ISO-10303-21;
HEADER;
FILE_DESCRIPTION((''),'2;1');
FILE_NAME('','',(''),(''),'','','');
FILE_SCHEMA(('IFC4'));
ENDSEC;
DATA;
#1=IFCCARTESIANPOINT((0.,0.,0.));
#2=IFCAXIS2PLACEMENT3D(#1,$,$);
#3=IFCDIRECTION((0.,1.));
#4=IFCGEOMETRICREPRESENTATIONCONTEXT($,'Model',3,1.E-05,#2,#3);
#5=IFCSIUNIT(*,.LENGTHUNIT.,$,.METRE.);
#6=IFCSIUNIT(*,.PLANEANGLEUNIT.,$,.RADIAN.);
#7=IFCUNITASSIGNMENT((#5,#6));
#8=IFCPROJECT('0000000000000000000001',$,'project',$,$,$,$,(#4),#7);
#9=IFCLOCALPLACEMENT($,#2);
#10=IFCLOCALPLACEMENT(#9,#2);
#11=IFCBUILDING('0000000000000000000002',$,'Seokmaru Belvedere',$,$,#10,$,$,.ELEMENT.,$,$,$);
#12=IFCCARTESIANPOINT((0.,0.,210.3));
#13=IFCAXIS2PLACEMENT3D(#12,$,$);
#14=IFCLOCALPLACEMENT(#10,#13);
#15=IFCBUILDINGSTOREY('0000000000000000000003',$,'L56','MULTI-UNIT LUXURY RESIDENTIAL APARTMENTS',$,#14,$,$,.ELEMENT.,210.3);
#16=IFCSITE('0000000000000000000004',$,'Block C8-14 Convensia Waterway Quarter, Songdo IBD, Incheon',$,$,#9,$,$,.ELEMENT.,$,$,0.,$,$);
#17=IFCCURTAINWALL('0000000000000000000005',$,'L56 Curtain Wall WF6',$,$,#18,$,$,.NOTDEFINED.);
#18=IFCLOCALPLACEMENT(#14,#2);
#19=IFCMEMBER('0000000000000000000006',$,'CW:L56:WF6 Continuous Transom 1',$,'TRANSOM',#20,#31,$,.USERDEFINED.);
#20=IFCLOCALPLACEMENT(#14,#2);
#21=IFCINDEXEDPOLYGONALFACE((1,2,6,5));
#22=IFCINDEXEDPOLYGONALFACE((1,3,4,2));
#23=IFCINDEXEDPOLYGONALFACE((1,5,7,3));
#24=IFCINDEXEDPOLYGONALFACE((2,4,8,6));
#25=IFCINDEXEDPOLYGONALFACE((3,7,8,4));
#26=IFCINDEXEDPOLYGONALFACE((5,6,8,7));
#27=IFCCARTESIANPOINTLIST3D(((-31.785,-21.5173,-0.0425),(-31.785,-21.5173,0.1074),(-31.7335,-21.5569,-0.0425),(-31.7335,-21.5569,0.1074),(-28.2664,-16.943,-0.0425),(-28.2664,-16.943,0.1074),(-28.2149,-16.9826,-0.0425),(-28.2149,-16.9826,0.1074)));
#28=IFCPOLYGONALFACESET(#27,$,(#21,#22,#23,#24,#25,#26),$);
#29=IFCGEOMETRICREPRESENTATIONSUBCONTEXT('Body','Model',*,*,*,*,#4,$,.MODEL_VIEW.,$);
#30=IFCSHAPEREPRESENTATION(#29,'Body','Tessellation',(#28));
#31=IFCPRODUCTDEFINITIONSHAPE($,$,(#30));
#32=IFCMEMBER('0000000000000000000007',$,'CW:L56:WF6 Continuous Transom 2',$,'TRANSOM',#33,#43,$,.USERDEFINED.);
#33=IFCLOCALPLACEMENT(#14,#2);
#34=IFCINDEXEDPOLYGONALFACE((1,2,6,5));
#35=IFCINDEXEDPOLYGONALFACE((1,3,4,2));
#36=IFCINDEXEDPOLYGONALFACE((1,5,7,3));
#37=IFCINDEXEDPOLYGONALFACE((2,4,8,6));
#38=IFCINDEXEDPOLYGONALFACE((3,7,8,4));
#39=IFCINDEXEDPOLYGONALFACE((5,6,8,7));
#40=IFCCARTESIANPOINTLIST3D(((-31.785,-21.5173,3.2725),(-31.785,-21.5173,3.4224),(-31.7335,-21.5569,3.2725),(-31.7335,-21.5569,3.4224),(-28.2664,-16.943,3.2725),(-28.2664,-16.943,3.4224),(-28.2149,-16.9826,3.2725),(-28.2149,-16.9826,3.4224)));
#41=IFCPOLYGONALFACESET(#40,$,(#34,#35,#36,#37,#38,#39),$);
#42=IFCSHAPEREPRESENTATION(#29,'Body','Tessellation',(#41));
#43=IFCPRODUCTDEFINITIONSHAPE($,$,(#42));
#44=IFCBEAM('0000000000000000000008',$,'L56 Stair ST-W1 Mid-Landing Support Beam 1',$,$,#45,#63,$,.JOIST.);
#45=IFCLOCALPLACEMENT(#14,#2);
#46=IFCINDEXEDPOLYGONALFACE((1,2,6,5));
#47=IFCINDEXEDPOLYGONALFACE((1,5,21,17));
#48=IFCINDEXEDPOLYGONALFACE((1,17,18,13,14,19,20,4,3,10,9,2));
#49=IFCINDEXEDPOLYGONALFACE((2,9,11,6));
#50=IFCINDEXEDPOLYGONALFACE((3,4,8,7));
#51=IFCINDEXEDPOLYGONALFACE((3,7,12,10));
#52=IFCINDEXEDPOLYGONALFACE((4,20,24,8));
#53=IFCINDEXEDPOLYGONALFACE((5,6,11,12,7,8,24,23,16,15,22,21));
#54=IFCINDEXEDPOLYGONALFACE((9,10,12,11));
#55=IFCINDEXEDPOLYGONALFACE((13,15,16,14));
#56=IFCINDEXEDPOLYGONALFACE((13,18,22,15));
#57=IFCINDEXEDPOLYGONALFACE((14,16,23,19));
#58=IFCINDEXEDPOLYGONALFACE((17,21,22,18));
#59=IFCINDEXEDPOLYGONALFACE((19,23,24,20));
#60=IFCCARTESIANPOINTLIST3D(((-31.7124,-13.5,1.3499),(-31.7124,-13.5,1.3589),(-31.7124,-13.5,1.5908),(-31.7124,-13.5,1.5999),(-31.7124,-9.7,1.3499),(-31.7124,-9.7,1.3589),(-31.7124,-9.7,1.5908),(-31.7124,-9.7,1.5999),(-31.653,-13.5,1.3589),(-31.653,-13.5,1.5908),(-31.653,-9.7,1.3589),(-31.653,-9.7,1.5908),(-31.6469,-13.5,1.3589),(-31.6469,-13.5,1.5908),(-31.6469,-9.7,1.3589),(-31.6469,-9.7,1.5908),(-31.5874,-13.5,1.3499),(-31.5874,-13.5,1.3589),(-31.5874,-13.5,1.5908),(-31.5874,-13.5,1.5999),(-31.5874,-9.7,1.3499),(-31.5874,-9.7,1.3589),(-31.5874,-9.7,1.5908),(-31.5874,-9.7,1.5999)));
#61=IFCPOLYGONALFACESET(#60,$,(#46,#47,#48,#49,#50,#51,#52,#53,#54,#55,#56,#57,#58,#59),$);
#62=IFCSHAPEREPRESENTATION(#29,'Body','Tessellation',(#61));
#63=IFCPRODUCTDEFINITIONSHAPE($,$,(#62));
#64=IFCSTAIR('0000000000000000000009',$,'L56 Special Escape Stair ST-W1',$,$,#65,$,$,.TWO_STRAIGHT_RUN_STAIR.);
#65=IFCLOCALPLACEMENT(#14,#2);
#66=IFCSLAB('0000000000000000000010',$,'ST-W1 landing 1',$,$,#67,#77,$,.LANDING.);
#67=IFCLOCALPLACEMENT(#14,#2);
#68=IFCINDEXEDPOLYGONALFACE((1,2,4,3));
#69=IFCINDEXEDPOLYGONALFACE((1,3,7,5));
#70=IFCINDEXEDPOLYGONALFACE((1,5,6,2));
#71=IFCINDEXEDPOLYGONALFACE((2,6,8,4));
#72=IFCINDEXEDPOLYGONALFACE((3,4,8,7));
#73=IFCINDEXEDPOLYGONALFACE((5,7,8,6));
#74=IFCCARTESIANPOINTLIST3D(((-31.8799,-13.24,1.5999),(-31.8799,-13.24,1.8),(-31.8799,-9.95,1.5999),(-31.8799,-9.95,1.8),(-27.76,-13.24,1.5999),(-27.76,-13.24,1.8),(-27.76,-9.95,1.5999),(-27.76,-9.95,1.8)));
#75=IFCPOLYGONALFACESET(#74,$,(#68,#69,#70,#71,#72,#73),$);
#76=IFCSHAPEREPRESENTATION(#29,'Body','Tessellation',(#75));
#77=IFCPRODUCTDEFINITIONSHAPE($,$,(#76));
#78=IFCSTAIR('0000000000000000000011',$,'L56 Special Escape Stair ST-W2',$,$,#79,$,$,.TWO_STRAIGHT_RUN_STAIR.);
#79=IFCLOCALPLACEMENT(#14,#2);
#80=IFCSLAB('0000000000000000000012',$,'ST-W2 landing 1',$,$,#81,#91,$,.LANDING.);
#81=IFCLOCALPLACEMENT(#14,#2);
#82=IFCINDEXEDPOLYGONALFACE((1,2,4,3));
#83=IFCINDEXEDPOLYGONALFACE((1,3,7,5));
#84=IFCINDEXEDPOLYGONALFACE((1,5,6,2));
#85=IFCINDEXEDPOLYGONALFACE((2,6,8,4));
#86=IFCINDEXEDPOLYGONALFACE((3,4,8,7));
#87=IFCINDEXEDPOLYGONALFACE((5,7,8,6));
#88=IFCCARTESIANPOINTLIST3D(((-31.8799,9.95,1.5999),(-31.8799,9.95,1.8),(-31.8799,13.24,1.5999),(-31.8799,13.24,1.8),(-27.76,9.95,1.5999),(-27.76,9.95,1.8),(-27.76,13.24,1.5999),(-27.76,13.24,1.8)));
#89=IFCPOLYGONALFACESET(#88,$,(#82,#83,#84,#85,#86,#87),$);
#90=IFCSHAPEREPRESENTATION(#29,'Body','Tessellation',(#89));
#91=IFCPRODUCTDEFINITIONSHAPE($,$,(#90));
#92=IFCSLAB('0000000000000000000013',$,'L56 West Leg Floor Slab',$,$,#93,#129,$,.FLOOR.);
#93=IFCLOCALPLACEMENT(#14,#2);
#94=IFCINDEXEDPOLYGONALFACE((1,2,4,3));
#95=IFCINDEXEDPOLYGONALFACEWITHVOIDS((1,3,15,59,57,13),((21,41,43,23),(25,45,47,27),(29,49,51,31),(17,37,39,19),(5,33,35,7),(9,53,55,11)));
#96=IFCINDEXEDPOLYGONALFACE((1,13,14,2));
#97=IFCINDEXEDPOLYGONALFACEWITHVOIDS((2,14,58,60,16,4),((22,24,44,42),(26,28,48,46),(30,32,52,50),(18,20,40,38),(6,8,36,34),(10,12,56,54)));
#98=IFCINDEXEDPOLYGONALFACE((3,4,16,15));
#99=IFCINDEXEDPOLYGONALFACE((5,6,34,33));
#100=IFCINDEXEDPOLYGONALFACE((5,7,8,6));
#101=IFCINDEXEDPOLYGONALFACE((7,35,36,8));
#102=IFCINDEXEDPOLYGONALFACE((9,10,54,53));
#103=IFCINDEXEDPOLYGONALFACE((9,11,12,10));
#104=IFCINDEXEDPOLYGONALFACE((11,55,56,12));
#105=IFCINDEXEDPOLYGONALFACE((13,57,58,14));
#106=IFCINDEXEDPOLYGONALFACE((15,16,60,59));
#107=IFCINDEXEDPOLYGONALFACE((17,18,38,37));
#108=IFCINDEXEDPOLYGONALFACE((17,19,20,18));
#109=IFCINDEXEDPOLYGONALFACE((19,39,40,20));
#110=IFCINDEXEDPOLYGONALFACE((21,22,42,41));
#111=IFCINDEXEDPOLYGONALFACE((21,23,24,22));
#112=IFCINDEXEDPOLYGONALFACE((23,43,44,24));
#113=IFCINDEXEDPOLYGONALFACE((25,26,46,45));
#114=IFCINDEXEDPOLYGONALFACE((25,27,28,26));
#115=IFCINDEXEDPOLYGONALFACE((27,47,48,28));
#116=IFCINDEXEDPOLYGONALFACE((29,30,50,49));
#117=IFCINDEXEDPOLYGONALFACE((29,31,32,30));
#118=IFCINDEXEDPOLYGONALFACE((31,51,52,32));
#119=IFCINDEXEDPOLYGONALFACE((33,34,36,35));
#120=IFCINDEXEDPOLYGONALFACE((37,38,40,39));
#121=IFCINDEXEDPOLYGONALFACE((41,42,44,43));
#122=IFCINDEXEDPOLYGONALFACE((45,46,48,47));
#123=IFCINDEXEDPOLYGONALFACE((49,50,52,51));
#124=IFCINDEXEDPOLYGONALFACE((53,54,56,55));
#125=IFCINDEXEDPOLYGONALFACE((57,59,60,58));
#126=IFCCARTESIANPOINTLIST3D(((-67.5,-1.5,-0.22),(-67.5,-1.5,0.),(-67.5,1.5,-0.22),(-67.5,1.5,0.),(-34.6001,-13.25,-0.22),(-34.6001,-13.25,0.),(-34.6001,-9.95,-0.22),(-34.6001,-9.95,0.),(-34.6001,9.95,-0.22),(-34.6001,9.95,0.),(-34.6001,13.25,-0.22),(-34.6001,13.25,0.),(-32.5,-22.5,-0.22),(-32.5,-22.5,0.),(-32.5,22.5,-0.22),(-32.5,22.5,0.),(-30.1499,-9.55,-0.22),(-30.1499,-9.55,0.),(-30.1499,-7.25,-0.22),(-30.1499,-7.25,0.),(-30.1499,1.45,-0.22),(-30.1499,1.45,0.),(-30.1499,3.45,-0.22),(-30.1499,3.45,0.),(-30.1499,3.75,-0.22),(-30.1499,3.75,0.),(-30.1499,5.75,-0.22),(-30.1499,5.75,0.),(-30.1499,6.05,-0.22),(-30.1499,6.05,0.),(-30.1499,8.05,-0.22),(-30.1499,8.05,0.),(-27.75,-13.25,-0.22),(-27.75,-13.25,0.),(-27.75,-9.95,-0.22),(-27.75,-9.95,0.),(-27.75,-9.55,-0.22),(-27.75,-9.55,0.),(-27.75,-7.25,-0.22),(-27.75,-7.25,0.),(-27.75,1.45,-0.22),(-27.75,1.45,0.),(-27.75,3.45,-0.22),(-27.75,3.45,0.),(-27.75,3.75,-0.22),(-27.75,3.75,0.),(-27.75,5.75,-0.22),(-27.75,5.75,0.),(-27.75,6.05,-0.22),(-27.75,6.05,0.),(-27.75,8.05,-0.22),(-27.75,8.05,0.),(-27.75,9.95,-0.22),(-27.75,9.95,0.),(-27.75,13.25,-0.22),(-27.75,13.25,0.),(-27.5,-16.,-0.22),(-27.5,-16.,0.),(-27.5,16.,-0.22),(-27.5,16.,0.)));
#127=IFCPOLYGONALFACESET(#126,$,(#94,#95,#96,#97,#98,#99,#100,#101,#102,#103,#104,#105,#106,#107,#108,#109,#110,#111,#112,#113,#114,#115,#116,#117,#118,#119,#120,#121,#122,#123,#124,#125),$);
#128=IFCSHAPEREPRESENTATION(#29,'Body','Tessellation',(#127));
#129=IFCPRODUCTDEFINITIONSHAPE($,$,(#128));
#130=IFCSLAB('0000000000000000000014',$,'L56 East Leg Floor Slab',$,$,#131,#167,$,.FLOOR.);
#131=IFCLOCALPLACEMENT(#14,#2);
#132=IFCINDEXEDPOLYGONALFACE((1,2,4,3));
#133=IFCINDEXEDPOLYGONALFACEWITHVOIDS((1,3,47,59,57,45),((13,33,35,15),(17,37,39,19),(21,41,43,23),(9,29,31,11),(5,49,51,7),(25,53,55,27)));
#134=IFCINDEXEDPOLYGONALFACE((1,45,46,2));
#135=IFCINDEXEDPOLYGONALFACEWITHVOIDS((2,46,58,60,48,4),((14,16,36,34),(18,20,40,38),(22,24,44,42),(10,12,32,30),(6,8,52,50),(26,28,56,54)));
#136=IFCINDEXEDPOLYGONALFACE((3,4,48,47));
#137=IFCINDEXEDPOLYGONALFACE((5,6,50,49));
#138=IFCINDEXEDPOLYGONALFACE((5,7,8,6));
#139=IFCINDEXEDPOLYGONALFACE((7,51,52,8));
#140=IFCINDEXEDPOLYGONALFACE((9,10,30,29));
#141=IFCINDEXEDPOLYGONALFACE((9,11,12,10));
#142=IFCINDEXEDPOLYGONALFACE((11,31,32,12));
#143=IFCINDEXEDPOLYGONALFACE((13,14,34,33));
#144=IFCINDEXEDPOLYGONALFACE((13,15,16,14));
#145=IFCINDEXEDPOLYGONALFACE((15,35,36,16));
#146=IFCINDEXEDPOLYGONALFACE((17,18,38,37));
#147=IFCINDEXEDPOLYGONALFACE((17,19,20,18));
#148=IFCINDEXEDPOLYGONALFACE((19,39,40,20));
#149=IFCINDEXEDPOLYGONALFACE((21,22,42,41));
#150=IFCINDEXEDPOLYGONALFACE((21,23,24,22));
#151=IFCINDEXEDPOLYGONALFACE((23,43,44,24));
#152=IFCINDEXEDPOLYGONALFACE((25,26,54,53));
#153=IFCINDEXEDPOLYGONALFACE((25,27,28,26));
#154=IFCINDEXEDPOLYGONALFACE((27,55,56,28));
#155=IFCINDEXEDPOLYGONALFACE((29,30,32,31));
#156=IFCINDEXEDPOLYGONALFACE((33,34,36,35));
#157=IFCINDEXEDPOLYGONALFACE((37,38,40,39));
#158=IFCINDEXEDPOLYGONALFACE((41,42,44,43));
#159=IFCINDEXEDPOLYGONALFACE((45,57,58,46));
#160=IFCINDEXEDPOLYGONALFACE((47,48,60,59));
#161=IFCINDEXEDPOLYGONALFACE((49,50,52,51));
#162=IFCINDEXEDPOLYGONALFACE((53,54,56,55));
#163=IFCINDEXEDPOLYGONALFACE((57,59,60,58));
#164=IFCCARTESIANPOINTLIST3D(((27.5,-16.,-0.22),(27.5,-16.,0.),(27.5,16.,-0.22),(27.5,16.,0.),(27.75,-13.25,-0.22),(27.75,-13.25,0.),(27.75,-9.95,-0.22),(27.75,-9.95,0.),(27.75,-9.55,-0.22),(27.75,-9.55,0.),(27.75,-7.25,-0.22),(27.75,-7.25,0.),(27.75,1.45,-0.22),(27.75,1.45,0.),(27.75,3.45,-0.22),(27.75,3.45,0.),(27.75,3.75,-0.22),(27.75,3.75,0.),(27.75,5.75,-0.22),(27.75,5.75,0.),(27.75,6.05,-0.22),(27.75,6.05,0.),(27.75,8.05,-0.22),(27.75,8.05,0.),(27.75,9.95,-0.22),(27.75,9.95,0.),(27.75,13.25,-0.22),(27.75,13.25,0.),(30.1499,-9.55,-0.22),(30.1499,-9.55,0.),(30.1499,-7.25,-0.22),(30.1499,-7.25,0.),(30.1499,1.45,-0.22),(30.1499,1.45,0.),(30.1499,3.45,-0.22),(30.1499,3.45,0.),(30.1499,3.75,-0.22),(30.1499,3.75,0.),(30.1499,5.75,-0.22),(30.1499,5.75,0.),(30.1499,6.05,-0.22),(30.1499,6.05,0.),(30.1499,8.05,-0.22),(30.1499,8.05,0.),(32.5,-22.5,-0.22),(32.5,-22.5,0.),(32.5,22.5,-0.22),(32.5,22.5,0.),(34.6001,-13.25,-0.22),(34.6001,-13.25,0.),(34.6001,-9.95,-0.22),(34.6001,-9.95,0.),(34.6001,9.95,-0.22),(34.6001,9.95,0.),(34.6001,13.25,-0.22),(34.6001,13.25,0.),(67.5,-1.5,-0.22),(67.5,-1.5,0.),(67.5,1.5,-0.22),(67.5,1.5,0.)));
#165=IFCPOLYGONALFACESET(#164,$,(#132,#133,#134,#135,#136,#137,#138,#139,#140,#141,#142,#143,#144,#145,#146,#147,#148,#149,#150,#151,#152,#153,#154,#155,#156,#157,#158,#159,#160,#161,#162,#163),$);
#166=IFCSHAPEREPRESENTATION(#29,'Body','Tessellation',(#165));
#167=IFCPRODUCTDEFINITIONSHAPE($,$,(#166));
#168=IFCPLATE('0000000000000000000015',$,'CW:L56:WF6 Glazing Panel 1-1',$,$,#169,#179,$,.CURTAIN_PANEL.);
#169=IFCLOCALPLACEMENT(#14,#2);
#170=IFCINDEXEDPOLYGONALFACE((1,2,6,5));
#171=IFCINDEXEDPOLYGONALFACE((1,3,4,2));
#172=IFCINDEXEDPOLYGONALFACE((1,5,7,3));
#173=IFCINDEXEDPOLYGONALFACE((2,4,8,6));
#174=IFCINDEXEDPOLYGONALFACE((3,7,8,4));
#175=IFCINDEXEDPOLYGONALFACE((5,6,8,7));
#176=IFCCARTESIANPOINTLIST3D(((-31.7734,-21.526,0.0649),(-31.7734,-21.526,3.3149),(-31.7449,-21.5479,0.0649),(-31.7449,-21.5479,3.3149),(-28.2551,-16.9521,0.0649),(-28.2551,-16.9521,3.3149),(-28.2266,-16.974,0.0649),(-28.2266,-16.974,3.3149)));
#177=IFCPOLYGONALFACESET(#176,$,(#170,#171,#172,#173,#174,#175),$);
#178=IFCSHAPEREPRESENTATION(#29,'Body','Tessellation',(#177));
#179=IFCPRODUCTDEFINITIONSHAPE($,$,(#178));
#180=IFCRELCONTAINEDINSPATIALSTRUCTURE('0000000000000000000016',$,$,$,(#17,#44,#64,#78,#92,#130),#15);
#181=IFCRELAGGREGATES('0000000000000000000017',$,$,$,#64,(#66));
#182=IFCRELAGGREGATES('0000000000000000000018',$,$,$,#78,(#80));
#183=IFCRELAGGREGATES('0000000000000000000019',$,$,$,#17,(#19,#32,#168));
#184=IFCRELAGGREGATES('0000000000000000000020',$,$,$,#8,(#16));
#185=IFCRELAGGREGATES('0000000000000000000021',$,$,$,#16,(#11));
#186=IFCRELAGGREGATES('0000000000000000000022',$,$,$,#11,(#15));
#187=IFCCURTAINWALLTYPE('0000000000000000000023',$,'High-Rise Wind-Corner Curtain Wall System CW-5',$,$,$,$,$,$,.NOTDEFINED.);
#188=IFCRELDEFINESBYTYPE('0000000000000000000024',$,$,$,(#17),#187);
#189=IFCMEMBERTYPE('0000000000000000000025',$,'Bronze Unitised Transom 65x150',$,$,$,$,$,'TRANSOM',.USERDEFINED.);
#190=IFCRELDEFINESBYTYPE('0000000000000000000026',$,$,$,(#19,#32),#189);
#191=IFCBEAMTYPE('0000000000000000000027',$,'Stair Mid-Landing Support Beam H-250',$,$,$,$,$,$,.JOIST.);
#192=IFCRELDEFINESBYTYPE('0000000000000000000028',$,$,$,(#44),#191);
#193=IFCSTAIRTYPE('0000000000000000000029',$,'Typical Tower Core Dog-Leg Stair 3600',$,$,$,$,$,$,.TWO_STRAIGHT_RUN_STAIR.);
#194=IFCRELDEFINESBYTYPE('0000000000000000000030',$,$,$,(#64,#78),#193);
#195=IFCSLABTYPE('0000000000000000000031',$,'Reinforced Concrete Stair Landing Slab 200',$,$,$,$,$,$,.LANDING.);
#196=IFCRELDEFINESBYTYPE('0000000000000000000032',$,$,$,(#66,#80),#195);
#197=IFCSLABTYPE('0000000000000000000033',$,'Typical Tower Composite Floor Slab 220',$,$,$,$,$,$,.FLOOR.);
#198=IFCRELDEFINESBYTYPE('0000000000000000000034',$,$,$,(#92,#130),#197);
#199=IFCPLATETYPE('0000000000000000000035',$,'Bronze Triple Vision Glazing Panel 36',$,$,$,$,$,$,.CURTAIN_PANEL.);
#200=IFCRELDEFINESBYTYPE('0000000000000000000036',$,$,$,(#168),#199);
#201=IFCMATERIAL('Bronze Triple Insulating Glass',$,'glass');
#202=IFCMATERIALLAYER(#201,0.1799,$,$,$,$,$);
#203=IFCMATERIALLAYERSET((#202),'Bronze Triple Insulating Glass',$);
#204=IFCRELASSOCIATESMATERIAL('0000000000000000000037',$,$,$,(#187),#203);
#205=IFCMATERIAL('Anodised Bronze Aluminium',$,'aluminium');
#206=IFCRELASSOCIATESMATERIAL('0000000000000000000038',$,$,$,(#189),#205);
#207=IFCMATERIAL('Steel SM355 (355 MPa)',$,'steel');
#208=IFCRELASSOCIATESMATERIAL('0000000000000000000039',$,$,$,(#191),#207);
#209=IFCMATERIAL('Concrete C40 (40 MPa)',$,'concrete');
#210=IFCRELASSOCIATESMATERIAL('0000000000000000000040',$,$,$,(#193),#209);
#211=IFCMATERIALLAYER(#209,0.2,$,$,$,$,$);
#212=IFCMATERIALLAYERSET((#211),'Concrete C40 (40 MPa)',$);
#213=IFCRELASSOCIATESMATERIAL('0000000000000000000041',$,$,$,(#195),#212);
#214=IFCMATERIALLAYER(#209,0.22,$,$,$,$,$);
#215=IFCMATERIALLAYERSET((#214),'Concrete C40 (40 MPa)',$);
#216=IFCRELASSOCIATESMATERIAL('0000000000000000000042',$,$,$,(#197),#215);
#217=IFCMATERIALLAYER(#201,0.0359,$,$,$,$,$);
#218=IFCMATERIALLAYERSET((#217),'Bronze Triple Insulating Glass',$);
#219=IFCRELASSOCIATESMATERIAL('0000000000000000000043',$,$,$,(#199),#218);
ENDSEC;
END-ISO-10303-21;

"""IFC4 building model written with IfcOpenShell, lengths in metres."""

from ifc_helpers import new_model, si_unit, direction, frame, origin, origin_2d, place, context, subcontext, project, spatial, polyline, rectangle, i_section, outline, extrude, source, transform, mapped, material, layer, layer_set, material_profile, profile_set, type_object, type_shapes, element, aggregate, save


model = new_model("IFC4")

# Units and contexts
model_context = context("Model", 3, precision=1e-05, world=origin(), true_north=direction((0.0, 1.0)))
body_context = subcontext(model_context, "Body", "Model", "MODEL_VIEW")
ifc_project = project(units=[si_unit("LENGTHUNIT", "METRE"), si_unit("PLANEANGLEUNIT", "RADIAN")], contexts=[model_context])

# Site, building, storey
site_placement = place(None, origin())
site = spatial("IfcSite", under=ifc_project, at=site_placement, Name="Block C8-14 Convensia Waterway Quarter, Songdo IBD, Incheon", CompositionType="ELEMENT", RefElevation=0.0)
building_placement = place(site_placement, origin())
building = spatial("IfcBuilding", under=site, at=building_placement, Name="Seokmaru Belvedere", CompositionType="ELEMENT")
storey_placement = place(building_placement, frame((0.0, 0.0, 210.3)))
storey = spatial("IfcBuildingStorey", under=building, at=storey_placement, Name="L56", Description="MULTI-UNIT LUXURY RESIDENTIAL APARTMENTS", CompositionType="ELEMENT", Elevation=210.3)

# Shared definitions
ifc_material_1 = material(Name="Steel SM355 (355 MPa)", Category="steel")

# Curtain wall, members
ifc_material_2 = material(Name="Bronze Triple Insulating Glass", Category="glass")
ifc_layer_1 = layer(ifc_material_2, 0.1799)
ifc_layer_set_1 = layer_set([ifc_layer_1], Name="Bronze Triple Insulating Glass")
curtain_wall_type = type_object("IfcCurtainWallType", Name="High-Rise Wind-Corner Curtain Wall System CW-5", PredefinedType="NOTDEFINED", material=ifc_layer_set_1)
curtain_wall_placement = place(storey_placement, origin())
curtain_wall = element("IfcCurtainWall", 1, at=curtain_wall_placement, inside=storey, type_object=curtain_wall_type, Name="L56 Curtain Wall WF6", PredefinedType="NOTDEFINED")
ifc_material_3 = material(Name="Anodised Bronze Aluminium", Category="aluminium")
ifc_material_profile_1 = material_profile(ifc_material_3, rectangle(XDim=0.0649, YDim=0.1499, at=origin_2d()), Name="CW-T-65x150")
ifc_profile_set_1 = profile_set([ifc_material_profile_1], Name="Anodised Bronze Aluminium")
member_type_1 = type_object("IfcMemberType", Name="Bronze Unitised Transom 65x150", ElementType="TRANSOM", PredefinedType="USERDEFINED", material=ifc_profile_set_1)
shared_shape_1 = source(origin(), body_context, "Body", "SweptSolid", [
    extrude(rectangle(XDim=0.0649, YDim=0.1499, at=origin_2d()), origin(), (0.0, 0.0, 1.0), 5.771),
])
type_shapes(member_type_1, [shared_shape_1])
member_1_placement = place(storey_placement, frame((-31.7593, -21.5371, 0.0325), z_axis=(0.609703, 0.79263, 0.0), x_axis=(-0.79263, 0.609703, 0.0)))
member_1 = element("IfcMember", 2, at=member_1_placement, type_object=member_type_1, Name="CW:L56:WF6 Continuous Transom 1", ObjectType="TRANSOM", PredefinedType="USERDEFINED", context=body_context, shape_type="MappedRepresentation", body=[
    mapped(shared_shape_1, transform((0.0, 0.0, 0.0), scale=1.0)),
])
member_2_placement = place(storey_placement, frame((-31.7593, -21.5371, 3.3474), z_axis=(0.609703, 0.79263, 0.0), x_axis=(-0.79263, 0.609703, 0.0)))
member_2 = element("IfcMember", 3, at=member_2_placement, type_object=member_type_1, Name="CW:L56:WF6 Continuous Transom 2", ObjectType="TRANSOM", PredefinedType="USERDEFINED", context=body_context, shape_type="MappedRepresentation", body=[
    mapped(shared_shape_1, transform((0.0, 0.0, 0.0), scale=1.0)),
])

# Beam
ifc_material_profile_2 = material_profile(ifc_material_1, i_section(OverallWidth=0.125, OverallDepth=0.25, WebThickness=0.0061, FlangeThickness=0.009, at=origin_2d()), Name="H-250x125x6x9")
ifc_profile_set_2 = profile_set([ifc_material_profile_2], Name="Steel SM355 (355 MPa)")
beam_type_1 = type_object("IfcBeamType", Name="Stair Mid-Landing Support Beam H-250", PredefinedType="JOIST", material=ifc_profile_set_2)
shared_shape_2 = source(origin(), body_context, "Body", "SweptSolid", [
    extrude(i_section(OverallWidth=0.125, OverallDepth=0.25, WebThickness=0.0061, FlangeThickness=0.009, at=origin_2d()), origin(), (0.0, 0.0, 1.0), 3.8),
])
type_shapes(beam_type_1, [shared_shape_2])
beam_1_placement = place(storey_placement, frame((-31.6499, -13.5, 1.4749), z_axis=(0.0, 1.0, 0.0), x_axis=(-1.0, 0.0, 0.0)))
element("IfcBeam", 4, at=beam_1_placement, inside=storey, type_object=beam_type_1, Name="L56 Stair ST-W1 Mid-Landing Support Beam 1", PredefinedType="JOIST", context=body_context, shape_type="MappedRepresentation", body=[
    mapped(shared_shape_2, transform((0.0, 0.0, 0.0), scale=1.0)),
])

# Stairs, slabs
ifc_material_4 = material(Name="Concrete C40 (40 MPa)", Category="concrete")
stair_type = type_object("IfcStairType", Name="Typical Tower Core Dog-Leg Stair 3600", PredefinedType="TWO_STRAIGHT_RUN_STAIR", material=ifc_material_4)
stair_1_placement = place(storey_placement, origin())
stair_1 = element("IfcStair", 5, at=stair_1_placement, inside=storey, type_object=stair_type, Name="L56 Special Escape Stair ST-W1", PredefinedType="TWO_STRAIGHT_RUN_STAIR")
ifc_layer_2 = layer(ifc_material_4, 0.2)
ifc_layer_set_2 = layer_set([ifc_layer_2], Name="Concrete C40 (40 MPa)")
slab_type_1 = type_object("IfcSlabType", Name="Reinforced Concrete Stair Landing Slab 200", PredefinedType="LANDING", material=ifc_layer_set_2)
slab_1_placement = place(storey_placement, frame((0.0, 0.0, 1.5999)))
slab_1 = element("IfcSlab", 6, at=slab_1_placement, type_object=slab_type_1, Name="ST-W1 landing 1", PredefinedType="LANDING", context=body_context, shape_type="SweptSolid", body=[
    extrude(outline(polyline([(-31.8799, -13.24), (-27.76, -13.24), (-27.76, -9.95), (-31.8799, -9.95), (-31.8799, -13.24)])), origin(), (0.0, 0.0, 1.0), 0.2002),
])
aggregate(stair_1, [slab_1])
stair_2_placement = place(storey_placement, origin())
stair_2 = element("IfcStair", 7, at=stair_2_placement, inside=storey, type_object=stair_type, Name="L56 Special Escape Stair ST-W2", PredefinedType="TWO_STRAIGHT_RUN_STAIR")
slab_2_placement = place(storey_placement, frame((0.0, 0.0, 1.5999)))
slab_2 = element("IfcSlab", 8, at=slab_2_placement, type_object=slab_type_1, Name="ST-W2 landing 1", PredefinedType="LANDING", context=body_context, shape_type="SweptSolid", body=[
    extrude(outline(polyline([(-31.8799, 9.95), (-27.76, 9.95), (-27.76, 13.24), (-31.8799, 13.24), (-31.8799, 9.95)])), origin(), (0.0, 0.0, 1.0), 0.2002),
])
aggregate(stair_2, [slab_2])

# Slabs
ifc_layer_3 = layer(ifc_material_4, 0.22)
ifc_layer_set_3 = layer_set([ifc_layer_3], Name="Concrete C40 (40 MPa)")
slab_type_2 = type_object("IfcSlabType", Name="Typical Tower Composite Floor Slab 220", PredefinedType="FLOOR", material=ifc_layer_set_3)
slab_3_placement = place(storey_placement, frame((0.0, 0.0, -0.22)))
element("IfcSlab", 9, at=slab_3_placement, inside=storey, type_object=slab_type_2, Name="L56 West Leg Floor Slab", PredefinedType="FLOOR", context=body_context, shape_type="SweptSolid", body=[
    extrude(outline(polyline([(-27.5, -16.0), (-27.5, 16.0), (-32.5, 22.5), (-67.5, 1.5), (-67.5, -1.5), (-32.5, -22.5), (-27.5, -16.0)]), holes=[polyline([(-34.6001, -13.25), (-27.75, -13.25), (-27.75, -9.95), (-34.6001, -9.95), (-34.6001, -13.25)]), polyline([(-34.6001, 9.95), (-27.75, 9.95), (-27.75, 13.25), (-34.6001, 13.25), (-34.6001, 9.95)]), polyline([(-30.1499, -9.55), (-27.75, -9.55), (-27.75, -7.25), (-30.1499, -7.25), (-30.1499, -9.55)]), polyline([(-30.1499, 1.45), (-27.75, 1.45), (-27.75, 3.45), (-30.1499, 3.45), (-30.1499, 1.45)]), polyline([(-30.1499, 3.75), (-27.75, 3.75), (-27.75, 5.75), (-30.1499, 5.75), (-30.1499, 3.75)]), polyline([(-30.1499, 6.05), (-27.75, 6.05), (-27.75, 8.05), (-30.1499, 8.05), (-30.1499, 6.05)])]), origin(), (0.0, 0.0, 1.0), 0.22),
])
slab_4_placement = place(storey_placement, frame((0.0, 0.0, -0.22)))
element("IfcSlab", 10, at=slab_4_placement, inside=storey, type_object=slab_type_2, Name="L56 East Leg Floor Slab", PredefinedType="FLOOR", context=body_context, shape_type="SweptSolid", body=[
    extrude(outline(polyline([(32.5, -22.5), (67.5, -1.5), (67.5, 1.5), (32.5, 22.5), (27.5, 16.0), (27.5, -16.0), (32.5, -22.5)]), holes=[polyline([(27.75, -13.25), (34.6001, -13.25), (34.6001, -9.95), (27.75, -9.95), (27.75, -13.25)]), polyline([(27.75, 9.95), (34.6001, 9.95), (34.6001, 13.25), (27.75, 13.25), (27.75, 9.95)]), polyline([(27.75, -9.55), (30.1499, -9.55), (30.1499, -7.25), (27.75, -7.25), (27.75, -9.55)]), polyline([(27.75, 1.45), (30.1499, 1.45), (30.1499, 3.45), (27.75, 3.45), (27.75, 1.45)]), polyline([(27.75, 3.75), (30.1499, 3.75), (30.1499, 5.75), (27.75, 5.75), (27.75, 3.75)]), polyline([(27.75, 6.05), (30.1499, 6.05), (30.1499, 8.05), (27.75, 8.05), (27.75, 6.05)])]), origin(), (0.0, 0.0, 1.0), 0.22),
])

# Plate
ifc_layer_4 = layer(ifc_material_2, 0.0359)
ifc_layer_set_4 = layer_set([ifc_layer_4], Name="Bronze Triple Insulating Glass")
plate_type = type_object("IfcPlateType", Name="Bronze Triple Vision Glazing Panel 36", PredefinedType="CURTAIN_PANEL", material=ifc_layer_set_4)
shared_shape_3 = source(origin(), body_context, "Body", "SweptSolid", [
    extrude(rectangle(XDim=5.7705, YDim=0.0359, at=origin_2d()), origin(), (0.0, 0.0, 1.0), 3.25),
])
type_shapes(plate_type, [shared_shape_3])
plate_placement = place(storey_placement, frame((-30.0, -19.25, 0.0649), z_axis=(0.0, 0.0, 1.0), x_axis=(0.609701, 0.792631, 0.0)))
plate = element("IfcPlate", 11, at=plate_placement, type_object=plate_type, Name="CW:L56:WF6 Glazing Panel 1-1", PredefinedType="CURTAIN_PANEL", context=body_context, shape_type="MappedRepresentation", body=[
    mapped(shared_shape_3, transform((0.0, 0.0, 0.0), scale=1.0)),
])
aggregate(curtain_wall, [member_1, member_2, plate])

save(model, "model.ifc")
